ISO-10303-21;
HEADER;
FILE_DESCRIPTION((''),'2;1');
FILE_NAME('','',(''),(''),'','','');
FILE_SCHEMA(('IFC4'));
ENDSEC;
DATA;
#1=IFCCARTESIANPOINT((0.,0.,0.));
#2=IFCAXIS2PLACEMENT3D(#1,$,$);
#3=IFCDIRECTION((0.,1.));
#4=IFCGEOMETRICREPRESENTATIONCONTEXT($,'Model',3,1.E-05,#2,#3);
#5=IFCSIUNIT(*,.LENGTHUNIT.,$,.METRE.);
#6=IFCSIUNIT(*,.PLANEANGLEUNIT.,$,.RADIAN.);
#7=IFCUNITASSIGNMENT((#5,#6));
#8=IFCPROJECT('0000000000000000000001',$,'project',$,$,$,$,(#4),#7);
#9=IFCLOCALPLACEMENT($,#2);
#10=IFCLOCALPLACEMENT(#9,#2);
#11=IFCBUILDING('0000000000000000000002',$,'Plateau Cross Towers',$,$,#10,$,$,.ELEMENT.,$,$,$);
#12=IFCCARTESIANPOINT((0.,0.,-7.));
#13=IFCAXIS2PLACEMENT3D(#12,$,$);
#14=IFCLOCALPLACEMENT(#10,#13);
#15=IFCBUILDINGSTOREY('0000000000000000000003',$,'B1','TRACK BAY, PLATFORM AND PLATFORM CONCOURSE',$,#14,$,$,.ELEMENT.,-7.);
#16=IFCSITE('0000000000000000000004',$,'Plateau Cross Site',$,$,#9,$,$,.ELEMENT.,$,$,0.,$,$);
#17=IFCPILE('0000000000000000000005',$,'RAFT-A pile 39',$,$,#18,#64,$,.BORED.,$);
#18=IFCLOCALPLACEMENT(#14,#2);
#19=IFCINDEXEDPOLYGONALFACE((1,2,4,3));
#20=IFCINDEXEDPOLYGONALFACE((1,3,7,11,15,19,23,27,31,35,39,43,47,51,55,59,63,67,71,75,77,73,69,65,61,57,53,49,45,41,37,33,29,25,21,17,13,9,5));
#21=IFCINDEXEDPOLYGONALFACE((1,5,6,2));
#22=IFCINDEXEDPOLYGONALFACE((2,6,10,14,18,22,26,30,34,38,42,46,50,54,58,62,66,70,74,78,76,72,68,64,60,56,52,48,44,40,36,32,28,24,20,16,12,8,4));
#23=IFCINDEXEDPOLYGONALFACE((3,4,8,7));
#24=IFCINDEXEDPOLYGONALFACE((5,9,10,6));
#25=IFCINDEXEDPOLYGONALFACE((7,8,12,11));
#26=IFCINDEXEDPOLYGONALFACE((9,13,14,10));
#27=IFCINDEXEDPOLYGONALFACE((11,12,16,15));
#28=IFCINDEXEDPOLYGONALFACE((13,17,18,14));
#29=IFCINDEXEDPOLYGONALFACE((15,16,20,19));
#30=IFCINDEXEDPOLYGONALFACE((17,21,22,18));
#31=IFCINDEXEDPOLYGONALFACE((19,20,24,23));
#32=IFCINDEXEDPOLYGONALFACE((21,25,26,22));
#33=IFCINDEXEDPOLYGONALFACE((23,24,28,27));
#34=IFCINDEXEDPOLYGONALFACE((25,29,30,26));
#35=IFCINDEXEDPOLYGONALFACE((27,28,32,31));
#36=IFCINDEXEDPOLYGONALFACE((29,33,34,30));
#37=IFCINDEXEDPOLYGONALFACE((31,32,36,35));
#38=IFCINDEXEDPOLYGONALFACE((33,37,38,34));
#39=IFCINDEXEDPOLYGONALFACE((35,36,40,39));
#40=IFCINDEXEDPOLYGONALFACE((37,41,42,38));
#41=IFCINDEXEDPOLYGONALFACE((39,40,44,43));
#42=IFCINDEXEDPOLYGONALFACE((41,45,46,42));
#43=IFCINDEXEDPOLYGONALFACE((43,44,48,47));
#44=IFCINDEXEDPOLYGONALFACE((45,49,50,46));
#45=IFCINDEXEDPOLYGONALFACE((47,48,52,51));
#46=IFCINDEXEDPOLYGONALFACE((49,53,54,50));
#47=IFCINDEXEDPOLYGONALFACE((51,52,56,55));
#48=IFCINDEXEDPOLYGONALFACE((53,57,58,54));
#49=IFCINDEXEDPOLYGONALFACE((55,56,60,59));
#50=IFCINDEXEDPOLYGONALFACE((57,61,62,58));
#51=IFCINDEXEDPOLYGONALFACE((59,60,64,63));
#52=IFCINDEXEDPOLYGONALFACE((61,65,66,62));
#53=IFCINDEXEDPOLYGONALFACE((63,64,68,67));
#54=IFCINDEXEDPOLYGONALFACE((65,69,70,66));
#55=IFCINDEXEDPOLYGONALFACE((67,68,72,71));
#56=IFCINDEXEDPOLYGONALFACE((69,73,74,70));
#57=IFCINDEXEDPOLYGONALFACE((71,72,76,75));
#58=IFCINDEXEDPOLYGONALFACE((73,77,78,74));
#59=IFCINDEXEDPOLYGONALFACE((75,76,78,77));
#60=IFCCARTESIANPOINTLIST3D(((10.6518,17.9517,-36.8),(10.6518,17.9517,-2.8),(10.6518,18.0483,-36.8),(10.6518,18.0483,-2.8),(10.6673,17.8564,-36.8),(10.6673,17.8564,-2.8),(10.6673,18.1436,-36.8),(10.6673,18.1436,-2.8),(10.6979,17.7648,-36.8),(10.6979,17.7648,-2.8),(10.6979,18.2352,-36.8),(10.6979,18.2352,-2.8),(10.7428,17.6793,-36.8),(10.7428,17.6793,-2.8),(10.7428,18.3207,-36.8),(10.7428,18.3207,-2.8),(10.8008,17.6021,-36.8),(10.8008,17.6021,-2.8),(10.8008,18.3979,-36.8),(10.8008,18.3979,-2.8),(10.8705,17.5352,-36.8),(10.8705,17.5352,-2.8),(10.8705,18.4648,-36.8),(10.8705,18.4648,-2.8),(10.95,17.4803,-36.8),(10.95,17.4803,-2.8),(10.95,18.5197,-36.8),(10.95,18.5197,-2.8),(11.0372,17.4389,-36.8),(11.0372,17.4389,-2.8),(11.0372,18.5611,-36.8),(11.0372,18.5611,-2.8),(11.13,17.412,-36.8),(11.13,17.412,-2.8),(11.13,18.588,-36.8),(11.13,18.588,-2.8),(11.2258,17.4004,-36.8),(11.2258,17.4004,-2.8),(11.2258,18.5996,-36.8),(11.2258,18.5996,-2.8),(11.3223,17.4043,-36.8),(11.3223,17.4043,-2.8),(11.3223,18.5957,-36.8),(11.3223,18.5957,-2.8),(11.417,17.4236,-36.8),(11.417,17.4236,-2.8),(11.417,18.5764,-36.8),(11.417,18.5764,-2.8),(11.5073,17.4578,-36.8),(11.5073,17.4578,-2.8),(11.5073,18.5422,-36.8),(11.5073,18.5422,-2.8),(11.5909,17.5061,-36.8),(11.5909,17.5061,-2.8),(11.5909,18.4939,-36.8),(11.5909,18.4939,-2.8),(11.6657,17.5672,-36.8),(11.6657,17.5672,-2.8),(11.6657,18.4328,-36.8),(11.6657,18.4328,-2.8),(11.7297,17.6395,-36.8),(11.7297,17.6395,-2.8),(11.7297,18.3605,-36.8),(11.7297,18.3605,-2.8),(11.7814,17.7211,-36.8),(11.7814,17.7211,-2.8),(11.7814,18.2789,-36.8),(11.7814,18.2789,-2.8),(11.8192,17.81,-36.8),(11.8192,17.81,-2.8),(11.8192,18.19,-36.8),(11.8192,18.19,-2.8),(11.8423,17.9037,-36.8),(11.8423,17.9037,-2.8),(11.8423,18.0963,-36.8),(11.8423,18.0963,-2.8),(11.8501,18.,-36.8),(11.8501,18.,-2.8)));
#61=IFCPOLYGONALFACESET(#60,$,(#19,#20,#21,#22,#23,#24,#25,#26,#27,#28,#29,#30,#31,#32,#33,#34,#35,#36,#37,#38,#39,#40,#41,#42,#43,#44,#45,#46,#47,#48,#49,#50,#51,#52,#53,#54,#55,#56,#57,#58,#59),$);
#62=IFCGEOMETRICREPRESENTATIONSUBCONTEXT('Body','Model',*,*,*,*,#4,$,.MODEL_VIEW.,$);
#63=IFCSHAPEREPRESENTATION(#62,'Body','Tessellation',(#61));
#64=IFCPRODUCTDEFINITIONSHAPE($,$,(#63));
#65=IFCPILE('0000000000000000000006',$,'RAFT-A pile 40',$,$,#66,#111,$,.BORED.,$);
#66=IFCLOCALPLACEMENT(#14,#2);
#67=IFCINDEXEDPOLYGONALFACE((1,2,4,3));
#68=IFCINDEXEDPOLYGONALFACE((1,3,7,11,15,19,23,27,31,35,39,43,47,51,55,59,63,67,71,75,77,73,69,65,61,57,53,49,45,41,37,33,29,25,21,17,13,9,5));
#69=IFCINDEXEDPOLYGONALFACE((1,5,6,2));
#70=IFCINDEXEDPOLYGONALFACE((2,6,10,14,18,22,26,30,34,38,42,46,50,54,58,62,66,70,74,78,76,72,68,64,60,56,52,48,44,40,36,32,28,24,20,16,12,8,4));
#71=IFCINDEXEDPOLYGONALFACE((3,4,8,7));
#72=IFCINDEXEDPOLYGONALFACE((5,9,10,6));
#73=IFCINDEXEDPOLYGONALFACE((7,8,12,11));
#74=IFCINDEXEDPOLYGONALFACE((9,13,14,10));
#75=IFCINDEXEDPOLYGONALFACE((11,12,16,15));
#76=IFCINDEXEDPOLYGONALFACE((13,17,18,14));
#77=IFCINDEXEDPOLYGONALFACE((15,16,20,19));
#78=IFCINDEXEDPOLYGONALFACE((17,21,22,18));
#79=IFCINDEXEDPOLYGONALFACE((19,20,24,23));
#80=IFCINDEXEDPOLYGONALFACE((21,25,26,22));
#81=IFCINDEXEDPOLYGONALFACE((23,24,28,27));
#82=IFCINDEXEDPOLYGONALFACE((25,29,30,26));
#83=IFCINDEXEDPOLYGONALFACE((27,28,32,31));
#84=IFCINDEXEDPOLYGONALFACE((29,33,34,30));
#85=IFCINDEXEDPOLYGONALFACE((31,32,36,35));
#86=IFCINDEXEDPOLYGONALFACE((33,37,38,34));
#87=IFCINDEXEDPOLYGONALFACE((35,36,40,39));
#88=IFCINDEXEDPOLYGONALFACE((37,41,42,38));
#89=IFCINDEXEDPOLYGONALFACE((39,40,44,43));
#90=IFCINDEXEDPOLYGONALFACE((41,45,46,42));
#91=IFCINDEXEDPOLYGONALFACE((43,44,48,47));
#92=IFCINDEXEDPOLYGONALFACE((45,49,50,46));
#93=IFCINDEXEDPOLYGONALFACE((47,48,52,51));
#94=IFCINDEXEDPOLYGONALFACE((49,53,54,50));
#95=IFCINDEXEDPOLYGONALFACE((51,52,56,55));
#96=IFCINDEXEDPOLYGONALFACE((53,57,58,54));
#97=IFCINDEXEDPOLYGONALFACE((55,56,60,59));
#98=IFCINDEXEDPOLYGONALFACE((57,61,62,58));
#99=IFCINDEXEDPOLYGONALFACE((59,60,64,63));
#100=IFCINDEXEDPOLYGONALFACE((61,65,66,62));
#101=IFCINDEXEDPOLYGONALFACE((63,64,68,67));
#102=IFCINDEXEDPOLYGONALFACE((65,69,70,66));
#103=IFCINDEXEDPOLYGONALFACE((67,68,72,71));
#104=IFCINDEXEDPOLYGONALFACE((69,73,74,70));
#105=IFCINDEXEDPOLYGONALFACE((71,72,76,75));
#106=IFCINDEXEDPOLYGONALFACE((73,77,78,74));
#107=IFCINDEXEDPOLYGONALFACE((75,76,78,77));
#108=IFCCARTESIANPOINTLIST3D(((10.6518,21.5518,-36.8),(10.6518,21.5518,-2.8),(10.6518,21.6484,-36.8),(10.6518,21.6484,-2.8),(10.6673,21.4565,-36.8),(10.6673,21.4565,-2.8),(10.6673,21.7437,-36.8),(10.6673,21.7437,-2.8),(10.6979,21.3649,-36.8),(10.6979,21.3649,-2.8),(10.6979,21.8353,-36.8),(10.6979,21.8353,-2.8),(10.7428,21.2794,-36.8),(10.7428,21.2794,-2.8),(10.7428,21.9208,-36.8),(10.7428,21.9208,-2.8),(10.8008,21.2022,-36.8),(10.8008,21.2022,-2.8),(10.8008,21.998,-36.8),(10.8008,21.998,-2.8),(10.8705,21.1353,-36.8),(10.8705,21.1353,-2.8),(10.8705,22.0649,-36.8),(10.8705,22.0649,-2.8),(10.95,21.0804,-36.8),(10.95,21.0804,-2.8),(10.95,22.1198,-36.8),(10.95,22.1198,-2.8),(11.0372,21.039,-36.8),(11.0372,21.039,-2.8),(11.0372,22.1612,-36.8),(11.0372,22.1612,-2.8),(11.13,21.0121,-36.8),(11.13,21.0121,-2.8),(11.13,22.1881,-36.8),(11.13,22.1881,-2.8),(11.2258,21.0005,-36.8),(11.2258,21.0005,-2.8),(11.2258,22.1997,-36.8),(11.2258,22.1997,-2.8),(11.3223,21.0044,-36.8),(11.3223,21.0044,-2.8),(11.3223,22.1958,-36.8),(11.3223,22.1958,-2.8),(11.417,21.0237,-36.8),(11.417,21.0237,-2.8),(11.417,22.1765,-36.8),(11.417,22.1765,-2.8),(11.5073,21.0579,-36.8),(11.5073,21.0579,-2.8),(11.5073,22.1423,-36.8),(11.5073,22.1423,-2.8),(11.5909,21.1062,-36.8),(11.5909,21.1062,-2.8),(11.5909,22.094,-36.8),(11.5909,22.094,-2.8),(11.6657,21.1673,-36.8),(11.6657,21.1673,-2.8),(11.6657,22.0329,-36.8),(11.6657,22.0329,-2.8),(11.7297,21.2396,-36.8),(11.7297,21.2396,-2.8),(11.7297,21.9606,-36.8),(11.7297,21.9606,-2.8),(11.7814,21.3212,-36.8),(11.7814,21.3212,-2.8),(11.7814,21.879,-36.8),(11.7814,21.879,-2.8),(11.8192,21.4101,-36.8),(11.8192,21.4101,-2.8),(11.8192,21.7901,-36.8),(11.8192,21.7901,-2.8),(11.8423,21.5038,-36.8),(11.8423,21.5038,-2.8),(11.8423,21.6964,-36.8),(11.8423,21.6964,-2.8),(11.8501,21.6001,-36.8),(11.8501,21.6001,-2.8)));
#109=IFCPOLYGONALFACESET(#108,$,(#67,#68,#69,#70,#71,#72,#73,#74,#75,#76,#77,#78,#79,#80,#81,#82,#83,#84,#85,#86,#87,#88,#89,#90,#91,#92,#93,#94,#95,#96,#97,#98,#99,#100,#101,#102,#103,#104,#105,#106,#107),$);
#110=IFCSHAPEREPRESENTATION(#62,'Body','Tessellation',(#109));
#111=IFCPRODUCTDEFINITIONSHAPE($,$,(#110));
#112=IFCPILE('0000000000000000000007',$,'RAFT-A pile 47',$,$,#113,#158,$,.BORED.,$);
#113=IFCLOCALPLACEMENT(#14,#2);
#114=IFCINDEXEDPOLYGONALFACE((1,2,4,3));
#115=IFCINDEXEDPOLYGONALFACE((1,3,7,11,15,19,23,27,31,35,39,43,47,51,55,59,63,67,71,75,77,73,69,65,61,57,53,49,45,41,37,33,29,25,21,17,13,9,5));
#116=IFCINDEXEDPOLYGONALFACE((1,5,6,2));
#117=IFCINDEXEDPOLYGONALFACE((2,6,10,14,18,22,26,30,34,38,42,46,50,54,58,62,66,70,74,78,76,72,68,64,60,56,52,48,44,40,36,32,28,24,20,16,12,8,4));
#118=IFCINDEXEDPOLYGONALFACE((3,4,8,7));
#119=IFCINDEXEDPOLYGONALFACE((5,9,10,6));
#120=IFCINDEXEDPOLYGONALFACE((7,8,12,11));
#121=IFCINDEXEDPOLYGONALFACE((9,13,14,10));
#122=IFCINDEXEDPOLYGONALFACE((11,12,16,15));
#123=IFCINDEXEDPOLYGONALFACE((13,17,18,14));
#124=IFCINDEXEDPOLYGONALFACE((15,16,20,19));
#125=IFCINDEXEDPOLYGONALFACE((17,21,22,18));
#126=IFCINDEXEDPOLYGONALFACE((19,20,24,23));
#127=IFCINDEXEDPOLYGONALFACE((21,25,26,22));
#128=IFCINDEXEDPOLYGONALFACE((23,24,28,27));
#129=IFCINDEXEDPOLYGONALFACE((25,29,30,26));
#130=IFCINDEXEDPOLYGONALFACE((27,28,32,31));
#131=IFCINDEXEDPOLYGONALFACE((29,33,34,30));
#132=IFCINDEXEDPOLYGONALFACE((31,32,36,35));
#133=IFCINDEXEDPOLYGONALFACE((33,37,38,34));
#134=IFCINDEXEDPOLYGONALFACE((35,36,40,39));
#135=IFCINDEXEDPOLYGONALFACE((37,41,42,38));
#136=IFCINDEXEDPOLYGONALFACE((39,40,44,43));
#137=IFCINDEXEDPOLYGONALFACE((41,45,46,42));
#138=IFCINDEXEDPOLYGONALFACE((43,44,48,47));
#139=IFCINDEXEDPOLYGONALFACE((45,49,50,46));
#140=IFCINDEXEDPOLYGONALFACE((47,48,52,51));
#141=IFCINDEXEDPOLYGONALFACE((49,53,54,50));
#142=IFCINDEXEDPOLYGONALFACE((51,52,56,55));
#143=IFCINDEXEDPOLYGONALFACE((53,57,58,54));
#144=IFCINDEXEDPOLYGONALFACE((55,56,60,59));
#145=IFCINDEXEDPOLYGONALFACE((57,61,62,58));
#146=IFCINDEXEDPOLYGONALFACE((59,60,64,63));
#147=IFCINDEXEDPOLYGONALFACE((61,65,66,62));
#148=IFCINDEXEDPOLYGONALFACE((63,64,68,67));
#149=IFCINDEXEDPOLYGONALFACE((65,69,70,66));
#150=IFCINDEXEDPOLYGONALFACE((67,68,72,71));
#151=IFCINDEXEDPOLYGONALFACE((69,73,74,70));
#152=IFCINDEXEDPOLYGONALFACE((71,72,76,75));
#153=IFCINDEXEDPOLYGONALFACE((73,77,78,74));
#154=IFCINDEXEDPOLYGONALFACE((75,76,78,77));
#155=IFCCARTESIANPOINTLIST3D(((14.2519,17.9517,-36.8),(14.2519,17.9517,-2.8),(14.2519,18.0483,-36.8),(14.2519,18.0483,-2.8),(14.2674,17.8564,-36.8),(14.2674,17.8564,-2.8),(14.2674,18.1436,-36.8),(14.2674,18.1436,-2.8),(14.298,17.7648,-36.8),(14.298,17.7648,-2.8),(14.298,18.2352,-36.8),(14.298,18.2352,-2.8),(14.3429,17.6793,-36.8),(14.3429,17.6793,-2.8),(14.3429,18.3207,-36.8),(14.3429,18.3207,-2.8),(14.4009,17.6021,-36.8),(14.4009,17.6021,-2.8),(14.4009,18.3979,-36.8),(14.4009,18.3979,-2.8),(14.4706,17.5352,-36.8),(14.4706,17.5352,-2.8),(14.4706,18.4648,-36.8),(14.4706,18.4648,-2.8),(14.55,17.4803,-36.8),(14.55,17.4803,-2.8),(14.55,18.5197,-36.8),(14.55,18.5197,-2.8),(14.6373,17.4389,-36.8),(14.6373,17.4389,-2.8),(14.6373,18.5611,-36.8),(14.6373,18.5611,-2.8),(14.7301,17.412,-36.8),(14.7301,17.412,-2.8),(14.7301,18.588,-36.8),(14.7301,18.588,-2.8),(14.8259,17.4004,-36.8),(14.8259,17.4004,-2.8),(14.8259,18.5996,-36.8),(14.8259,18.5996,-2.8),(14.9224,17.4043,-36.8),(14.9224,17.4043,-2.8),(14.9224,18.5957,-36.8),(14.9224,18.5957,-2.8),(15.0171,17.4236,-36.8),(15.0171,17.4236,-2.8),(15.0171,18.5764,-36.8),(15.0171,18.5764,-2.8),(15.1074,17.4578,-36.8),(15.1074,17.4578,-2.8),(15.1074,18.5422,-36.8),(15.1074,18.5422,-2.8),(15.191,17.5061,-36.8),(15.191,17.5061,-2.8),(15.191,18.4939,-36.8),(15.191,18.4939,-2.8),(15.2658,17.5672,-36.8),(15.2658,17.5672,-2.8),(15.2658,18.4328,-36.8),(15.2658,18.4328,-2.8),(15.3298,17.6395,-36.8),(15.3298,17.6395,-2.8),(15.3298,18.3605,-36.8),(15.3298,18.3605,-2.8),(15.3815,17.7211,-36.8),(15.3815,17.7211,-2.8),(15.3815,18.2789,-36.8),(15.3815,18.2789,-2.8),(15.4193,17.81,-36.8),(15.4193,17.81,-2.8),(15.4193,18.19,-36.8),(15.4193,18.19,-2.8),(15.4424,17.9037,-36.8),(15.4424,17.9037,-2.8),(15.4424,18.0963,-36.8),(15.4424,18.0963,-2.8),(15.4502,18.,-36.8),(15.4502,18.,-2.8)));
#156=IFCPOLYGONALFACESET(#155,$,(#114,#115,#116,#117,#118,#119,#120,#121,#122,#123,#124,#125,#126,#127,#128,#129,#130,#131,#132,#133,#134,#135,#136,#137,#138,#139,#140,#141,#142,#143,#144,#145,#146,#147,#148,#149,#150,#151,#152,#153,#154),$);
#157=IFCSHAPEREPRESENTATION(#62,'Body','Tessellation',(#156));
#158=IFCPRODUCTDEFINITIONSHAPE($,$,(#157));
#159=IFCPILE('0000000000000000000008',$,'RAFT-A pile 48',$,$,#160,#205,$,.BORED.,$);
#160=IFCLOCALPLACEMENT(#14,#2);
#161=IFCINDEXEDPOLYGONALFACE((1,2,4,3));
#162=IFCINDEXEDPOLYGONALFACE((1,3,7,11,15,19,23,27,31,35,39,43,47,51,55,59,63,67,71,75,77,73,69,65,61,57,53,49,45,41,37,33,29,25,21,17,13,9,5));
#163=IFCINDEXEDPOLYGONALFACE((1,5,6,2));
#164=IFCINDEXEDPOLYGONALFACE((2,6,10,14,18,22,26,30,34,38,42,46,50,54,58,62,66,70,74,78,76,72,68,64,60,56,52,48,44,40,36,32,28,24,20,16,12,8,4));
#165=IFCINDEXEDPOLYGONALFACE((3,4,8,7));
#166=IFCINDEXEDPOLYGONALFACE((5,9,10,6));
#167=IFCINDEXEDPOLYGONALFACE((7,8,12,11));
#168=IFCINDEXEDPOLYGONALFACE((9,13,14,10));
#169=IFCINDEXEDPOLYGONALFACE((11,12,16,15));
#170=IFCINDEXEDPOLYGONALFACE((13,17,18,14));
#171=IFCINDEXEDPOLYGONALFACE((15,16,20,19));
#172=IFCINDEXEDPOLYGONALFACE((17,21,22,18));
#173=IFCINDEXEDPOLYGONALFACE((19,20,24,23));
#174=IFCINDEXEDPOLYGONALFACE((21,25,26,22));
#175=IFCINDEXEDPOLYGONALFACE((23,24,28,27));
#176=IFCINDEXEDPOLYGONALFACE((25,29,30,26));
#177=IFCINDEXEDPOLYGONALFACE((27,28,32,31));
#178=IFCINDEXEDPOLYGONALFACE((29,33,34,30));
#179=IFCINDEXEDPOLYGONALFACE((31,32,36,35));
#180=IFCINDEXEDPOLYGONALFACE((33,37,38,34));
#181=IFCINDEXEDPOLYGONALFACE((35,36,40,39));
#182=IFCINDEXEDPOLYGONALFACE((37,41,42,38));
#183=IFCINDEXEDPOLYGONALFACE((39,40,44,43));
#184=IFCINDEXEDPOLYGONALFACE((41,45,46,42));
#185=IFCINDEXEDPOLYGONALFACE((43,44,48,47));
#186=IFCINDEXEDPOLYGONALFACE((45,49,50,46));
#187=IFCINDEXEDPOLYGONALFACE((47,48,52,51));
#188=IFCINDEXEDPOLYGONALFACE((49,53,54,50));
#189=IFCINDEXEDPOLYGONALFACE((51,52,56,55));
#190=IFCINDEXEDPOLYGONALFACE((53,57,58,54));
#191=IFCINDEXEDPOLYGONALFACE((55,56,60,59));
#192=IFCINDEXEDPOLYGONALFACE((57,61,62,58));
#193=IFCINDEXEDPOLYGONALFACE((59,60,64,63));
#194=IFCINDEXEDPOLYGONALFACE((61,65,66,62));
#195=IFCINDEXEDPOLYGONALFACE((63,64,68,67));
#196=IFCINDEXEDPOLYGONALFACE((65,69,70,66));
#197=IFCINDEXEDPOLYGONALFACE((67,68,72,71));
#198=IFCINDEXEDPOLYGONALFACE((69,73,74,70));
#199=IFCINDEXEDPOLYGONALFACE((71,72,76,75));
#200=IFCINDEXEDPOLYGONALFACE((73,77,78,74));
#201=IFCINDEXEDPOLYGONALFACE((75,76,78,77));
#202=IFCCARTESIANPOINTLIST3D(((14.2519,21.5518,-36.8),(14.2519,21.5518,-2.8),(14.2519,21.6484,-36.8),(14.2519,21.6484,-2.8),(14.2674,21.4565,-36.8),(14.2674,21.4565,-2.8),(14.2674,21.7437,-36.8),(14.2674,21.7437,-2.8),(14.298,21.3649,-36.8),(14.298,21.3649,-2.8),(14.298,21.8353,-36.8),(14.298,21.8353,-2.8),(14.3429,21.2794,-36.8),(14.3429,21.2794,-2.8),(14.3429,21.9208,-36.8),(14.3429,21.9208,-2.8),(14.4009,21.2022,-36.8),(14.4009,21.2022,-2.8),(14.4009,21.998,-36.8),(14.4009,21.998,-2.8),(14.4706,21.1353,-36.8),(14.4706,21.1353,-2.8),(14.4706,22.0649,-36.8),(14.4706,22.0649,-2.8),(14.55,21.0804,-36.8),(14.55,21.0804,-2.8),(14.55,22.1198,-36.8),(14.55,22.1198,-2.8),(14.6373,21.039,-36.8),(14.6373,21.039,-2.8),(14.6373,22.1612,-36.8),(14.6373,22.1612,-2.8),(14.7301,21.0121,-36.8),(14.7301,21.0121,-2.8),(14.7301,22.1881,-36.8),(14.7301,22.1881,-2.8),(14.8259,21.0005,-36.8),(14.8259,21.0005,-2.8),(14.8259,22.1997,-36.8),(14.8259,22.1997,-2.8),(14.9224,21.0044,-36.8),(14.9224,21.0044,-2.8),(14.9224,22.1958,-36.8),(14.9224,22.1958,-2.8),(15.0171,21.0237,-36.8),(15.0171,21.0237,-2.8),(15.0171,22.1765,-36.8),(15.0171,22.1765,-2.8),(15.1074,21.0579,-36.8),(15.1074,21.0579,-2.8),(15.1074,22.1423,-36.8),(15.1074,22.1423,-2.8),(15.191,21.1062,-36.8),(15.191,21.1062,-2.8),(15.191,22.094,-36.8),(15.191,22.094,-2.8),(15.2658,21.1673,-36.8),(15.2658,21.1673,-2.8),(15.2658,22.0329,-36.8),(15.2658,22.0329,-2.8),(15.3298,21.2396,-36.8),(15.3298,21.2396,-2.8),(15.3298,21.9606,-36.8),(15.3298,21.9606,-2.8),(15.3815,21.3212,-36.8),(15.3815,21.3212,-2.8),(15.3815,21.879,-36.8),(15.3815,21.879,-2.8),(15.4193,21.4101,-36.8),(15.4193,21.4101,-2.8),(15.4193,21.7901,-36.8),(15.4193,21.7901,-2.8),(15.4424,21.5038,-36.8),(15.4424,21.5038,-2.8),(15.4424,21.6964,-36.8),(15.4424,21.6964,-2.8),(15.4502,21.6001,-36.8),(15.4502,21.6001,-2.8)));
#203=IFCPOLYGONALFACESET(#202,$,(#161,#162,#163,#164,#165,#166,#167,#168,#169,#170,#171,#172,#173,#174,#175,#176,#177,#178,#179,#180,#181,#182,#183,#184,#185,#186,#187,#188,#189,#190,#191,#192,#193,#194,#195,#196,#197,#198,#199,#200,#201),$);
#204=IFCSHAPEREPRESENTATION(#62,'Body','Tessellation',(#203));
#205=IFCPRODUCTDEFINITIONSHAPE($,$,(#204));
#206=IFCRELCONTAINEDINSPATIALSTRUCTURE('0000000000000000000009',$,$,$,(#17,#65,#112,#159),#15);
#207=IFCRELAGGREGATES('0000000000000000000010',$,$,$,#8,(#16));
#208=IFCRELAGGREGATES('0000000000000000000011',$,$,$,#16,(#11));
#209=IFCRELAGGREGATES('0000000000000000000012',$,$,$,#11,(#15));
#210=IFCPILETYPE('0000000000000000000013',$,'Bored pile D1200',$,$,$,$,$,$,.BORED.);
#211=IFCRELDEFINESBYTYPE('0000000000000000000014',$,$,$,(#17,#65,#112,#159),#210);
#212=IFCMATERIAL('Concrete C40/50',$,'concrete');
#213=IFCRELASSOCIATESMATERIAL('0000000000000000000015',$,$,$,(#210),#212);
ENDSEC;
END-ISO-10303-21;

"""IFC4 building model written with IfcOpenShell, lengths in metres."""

from ifc_helpers import new_model, si_unit, direction, frame, origin, origin_2d, place, context, subcontext, project, spatial, circle, extrude, material, material_profile, profile_set, type_object, element, save


model = new_model("IFC4")

# Units and contexts
model_context = context("Model", 3, precision=1e-05, world=origin(), true_north=direction((0.0, 1.0)))
body_context = subcontext(model_context, "Body", "Model", "MODEL_VIEW")
ifc_project = project(units=[si_unit("LENGTHUNIT", "METRE"), si_unit("PLANEANGLEUNIT", "RADIAN")], contexts=[model_context])

# Site, building, storey
site_placement = place(None, origin())
site = spatial("IfcSite", under=ifc_project, at=site_placement, Name="Plateau Cross Site", CompositionType="ELEMENT", RefElevation=0.0)
building_placement = place(site_placement, origin())
building = spatial("IfcBuilding", under=site, at=building_placement, Name="Plateau Cross Towers", CompositionType="ELEMENT")
storey_placement = place(building_placement, frame((0.0, 0.0, -7.0)))
storey = spatial("IfcBuildingStorey", under=building, at=storey_placement, Name="B1", Description="TRACK BAY, PLATFORM AND PLATFORM CONCOURSE", CompositionType="ELEMENT", Elevation=-7.0)

# Piles
ifc_material_1 = material(Name="Concrete C40/50", Category="concrete")
ifc_material_profile_1 = material_profile(ifc_material_1, circle(Radius=0.6001, at=origin_2d()), Name="Bored pile D1200")
ifc_profile_set_1 = profile_set([ifc_material_profile_1], Name="Concrete C40/50")
pile_type = type_object("IfcPileType", Name="Bored pile D1200", PredefinedType="BORED", material=ifc_profile_set_1)
for number, where, z_axis, x_axis, name in (
    (1, (11.25, 18.0, -2.8), (0.0, 0.0, -1.0), (1.0, 0.0, 0.0), "RAFT-A pile 39"),
    (2, (11.25, 21.6001, -2.8), (0.0, 0.0, -1.0), (1.0, 0.0, 0.0), "RAFT-A pile 40"),
    (3, (14.8501, 18.0, -2.8), (0.0, 0.0, -1.0), (1.0, 0.0, 0.0), "RAFT-A pile 47"),
    (4, (14.8501, 21.6001, -2.8), (0.0, 0.0, -1.0), (1.0, 0.0, 0.0), "RAFT-A pile 48"),
):
    element("IfcPile", number, at=place(storey_placement, frame(where, z_axis=z_axis, x_axis=x_axis)), inside=storey, type_object=pile_type, Name=name, PredefinedType="BORED", context=body_context, shape_type="SweptSolid", body=[
        extrude(circle(Radius=0.6001, at=origin_2d()), origin(), (0.0, 0.0, 1.0), 34.0),
    ])

save(model, "model.ifc")
